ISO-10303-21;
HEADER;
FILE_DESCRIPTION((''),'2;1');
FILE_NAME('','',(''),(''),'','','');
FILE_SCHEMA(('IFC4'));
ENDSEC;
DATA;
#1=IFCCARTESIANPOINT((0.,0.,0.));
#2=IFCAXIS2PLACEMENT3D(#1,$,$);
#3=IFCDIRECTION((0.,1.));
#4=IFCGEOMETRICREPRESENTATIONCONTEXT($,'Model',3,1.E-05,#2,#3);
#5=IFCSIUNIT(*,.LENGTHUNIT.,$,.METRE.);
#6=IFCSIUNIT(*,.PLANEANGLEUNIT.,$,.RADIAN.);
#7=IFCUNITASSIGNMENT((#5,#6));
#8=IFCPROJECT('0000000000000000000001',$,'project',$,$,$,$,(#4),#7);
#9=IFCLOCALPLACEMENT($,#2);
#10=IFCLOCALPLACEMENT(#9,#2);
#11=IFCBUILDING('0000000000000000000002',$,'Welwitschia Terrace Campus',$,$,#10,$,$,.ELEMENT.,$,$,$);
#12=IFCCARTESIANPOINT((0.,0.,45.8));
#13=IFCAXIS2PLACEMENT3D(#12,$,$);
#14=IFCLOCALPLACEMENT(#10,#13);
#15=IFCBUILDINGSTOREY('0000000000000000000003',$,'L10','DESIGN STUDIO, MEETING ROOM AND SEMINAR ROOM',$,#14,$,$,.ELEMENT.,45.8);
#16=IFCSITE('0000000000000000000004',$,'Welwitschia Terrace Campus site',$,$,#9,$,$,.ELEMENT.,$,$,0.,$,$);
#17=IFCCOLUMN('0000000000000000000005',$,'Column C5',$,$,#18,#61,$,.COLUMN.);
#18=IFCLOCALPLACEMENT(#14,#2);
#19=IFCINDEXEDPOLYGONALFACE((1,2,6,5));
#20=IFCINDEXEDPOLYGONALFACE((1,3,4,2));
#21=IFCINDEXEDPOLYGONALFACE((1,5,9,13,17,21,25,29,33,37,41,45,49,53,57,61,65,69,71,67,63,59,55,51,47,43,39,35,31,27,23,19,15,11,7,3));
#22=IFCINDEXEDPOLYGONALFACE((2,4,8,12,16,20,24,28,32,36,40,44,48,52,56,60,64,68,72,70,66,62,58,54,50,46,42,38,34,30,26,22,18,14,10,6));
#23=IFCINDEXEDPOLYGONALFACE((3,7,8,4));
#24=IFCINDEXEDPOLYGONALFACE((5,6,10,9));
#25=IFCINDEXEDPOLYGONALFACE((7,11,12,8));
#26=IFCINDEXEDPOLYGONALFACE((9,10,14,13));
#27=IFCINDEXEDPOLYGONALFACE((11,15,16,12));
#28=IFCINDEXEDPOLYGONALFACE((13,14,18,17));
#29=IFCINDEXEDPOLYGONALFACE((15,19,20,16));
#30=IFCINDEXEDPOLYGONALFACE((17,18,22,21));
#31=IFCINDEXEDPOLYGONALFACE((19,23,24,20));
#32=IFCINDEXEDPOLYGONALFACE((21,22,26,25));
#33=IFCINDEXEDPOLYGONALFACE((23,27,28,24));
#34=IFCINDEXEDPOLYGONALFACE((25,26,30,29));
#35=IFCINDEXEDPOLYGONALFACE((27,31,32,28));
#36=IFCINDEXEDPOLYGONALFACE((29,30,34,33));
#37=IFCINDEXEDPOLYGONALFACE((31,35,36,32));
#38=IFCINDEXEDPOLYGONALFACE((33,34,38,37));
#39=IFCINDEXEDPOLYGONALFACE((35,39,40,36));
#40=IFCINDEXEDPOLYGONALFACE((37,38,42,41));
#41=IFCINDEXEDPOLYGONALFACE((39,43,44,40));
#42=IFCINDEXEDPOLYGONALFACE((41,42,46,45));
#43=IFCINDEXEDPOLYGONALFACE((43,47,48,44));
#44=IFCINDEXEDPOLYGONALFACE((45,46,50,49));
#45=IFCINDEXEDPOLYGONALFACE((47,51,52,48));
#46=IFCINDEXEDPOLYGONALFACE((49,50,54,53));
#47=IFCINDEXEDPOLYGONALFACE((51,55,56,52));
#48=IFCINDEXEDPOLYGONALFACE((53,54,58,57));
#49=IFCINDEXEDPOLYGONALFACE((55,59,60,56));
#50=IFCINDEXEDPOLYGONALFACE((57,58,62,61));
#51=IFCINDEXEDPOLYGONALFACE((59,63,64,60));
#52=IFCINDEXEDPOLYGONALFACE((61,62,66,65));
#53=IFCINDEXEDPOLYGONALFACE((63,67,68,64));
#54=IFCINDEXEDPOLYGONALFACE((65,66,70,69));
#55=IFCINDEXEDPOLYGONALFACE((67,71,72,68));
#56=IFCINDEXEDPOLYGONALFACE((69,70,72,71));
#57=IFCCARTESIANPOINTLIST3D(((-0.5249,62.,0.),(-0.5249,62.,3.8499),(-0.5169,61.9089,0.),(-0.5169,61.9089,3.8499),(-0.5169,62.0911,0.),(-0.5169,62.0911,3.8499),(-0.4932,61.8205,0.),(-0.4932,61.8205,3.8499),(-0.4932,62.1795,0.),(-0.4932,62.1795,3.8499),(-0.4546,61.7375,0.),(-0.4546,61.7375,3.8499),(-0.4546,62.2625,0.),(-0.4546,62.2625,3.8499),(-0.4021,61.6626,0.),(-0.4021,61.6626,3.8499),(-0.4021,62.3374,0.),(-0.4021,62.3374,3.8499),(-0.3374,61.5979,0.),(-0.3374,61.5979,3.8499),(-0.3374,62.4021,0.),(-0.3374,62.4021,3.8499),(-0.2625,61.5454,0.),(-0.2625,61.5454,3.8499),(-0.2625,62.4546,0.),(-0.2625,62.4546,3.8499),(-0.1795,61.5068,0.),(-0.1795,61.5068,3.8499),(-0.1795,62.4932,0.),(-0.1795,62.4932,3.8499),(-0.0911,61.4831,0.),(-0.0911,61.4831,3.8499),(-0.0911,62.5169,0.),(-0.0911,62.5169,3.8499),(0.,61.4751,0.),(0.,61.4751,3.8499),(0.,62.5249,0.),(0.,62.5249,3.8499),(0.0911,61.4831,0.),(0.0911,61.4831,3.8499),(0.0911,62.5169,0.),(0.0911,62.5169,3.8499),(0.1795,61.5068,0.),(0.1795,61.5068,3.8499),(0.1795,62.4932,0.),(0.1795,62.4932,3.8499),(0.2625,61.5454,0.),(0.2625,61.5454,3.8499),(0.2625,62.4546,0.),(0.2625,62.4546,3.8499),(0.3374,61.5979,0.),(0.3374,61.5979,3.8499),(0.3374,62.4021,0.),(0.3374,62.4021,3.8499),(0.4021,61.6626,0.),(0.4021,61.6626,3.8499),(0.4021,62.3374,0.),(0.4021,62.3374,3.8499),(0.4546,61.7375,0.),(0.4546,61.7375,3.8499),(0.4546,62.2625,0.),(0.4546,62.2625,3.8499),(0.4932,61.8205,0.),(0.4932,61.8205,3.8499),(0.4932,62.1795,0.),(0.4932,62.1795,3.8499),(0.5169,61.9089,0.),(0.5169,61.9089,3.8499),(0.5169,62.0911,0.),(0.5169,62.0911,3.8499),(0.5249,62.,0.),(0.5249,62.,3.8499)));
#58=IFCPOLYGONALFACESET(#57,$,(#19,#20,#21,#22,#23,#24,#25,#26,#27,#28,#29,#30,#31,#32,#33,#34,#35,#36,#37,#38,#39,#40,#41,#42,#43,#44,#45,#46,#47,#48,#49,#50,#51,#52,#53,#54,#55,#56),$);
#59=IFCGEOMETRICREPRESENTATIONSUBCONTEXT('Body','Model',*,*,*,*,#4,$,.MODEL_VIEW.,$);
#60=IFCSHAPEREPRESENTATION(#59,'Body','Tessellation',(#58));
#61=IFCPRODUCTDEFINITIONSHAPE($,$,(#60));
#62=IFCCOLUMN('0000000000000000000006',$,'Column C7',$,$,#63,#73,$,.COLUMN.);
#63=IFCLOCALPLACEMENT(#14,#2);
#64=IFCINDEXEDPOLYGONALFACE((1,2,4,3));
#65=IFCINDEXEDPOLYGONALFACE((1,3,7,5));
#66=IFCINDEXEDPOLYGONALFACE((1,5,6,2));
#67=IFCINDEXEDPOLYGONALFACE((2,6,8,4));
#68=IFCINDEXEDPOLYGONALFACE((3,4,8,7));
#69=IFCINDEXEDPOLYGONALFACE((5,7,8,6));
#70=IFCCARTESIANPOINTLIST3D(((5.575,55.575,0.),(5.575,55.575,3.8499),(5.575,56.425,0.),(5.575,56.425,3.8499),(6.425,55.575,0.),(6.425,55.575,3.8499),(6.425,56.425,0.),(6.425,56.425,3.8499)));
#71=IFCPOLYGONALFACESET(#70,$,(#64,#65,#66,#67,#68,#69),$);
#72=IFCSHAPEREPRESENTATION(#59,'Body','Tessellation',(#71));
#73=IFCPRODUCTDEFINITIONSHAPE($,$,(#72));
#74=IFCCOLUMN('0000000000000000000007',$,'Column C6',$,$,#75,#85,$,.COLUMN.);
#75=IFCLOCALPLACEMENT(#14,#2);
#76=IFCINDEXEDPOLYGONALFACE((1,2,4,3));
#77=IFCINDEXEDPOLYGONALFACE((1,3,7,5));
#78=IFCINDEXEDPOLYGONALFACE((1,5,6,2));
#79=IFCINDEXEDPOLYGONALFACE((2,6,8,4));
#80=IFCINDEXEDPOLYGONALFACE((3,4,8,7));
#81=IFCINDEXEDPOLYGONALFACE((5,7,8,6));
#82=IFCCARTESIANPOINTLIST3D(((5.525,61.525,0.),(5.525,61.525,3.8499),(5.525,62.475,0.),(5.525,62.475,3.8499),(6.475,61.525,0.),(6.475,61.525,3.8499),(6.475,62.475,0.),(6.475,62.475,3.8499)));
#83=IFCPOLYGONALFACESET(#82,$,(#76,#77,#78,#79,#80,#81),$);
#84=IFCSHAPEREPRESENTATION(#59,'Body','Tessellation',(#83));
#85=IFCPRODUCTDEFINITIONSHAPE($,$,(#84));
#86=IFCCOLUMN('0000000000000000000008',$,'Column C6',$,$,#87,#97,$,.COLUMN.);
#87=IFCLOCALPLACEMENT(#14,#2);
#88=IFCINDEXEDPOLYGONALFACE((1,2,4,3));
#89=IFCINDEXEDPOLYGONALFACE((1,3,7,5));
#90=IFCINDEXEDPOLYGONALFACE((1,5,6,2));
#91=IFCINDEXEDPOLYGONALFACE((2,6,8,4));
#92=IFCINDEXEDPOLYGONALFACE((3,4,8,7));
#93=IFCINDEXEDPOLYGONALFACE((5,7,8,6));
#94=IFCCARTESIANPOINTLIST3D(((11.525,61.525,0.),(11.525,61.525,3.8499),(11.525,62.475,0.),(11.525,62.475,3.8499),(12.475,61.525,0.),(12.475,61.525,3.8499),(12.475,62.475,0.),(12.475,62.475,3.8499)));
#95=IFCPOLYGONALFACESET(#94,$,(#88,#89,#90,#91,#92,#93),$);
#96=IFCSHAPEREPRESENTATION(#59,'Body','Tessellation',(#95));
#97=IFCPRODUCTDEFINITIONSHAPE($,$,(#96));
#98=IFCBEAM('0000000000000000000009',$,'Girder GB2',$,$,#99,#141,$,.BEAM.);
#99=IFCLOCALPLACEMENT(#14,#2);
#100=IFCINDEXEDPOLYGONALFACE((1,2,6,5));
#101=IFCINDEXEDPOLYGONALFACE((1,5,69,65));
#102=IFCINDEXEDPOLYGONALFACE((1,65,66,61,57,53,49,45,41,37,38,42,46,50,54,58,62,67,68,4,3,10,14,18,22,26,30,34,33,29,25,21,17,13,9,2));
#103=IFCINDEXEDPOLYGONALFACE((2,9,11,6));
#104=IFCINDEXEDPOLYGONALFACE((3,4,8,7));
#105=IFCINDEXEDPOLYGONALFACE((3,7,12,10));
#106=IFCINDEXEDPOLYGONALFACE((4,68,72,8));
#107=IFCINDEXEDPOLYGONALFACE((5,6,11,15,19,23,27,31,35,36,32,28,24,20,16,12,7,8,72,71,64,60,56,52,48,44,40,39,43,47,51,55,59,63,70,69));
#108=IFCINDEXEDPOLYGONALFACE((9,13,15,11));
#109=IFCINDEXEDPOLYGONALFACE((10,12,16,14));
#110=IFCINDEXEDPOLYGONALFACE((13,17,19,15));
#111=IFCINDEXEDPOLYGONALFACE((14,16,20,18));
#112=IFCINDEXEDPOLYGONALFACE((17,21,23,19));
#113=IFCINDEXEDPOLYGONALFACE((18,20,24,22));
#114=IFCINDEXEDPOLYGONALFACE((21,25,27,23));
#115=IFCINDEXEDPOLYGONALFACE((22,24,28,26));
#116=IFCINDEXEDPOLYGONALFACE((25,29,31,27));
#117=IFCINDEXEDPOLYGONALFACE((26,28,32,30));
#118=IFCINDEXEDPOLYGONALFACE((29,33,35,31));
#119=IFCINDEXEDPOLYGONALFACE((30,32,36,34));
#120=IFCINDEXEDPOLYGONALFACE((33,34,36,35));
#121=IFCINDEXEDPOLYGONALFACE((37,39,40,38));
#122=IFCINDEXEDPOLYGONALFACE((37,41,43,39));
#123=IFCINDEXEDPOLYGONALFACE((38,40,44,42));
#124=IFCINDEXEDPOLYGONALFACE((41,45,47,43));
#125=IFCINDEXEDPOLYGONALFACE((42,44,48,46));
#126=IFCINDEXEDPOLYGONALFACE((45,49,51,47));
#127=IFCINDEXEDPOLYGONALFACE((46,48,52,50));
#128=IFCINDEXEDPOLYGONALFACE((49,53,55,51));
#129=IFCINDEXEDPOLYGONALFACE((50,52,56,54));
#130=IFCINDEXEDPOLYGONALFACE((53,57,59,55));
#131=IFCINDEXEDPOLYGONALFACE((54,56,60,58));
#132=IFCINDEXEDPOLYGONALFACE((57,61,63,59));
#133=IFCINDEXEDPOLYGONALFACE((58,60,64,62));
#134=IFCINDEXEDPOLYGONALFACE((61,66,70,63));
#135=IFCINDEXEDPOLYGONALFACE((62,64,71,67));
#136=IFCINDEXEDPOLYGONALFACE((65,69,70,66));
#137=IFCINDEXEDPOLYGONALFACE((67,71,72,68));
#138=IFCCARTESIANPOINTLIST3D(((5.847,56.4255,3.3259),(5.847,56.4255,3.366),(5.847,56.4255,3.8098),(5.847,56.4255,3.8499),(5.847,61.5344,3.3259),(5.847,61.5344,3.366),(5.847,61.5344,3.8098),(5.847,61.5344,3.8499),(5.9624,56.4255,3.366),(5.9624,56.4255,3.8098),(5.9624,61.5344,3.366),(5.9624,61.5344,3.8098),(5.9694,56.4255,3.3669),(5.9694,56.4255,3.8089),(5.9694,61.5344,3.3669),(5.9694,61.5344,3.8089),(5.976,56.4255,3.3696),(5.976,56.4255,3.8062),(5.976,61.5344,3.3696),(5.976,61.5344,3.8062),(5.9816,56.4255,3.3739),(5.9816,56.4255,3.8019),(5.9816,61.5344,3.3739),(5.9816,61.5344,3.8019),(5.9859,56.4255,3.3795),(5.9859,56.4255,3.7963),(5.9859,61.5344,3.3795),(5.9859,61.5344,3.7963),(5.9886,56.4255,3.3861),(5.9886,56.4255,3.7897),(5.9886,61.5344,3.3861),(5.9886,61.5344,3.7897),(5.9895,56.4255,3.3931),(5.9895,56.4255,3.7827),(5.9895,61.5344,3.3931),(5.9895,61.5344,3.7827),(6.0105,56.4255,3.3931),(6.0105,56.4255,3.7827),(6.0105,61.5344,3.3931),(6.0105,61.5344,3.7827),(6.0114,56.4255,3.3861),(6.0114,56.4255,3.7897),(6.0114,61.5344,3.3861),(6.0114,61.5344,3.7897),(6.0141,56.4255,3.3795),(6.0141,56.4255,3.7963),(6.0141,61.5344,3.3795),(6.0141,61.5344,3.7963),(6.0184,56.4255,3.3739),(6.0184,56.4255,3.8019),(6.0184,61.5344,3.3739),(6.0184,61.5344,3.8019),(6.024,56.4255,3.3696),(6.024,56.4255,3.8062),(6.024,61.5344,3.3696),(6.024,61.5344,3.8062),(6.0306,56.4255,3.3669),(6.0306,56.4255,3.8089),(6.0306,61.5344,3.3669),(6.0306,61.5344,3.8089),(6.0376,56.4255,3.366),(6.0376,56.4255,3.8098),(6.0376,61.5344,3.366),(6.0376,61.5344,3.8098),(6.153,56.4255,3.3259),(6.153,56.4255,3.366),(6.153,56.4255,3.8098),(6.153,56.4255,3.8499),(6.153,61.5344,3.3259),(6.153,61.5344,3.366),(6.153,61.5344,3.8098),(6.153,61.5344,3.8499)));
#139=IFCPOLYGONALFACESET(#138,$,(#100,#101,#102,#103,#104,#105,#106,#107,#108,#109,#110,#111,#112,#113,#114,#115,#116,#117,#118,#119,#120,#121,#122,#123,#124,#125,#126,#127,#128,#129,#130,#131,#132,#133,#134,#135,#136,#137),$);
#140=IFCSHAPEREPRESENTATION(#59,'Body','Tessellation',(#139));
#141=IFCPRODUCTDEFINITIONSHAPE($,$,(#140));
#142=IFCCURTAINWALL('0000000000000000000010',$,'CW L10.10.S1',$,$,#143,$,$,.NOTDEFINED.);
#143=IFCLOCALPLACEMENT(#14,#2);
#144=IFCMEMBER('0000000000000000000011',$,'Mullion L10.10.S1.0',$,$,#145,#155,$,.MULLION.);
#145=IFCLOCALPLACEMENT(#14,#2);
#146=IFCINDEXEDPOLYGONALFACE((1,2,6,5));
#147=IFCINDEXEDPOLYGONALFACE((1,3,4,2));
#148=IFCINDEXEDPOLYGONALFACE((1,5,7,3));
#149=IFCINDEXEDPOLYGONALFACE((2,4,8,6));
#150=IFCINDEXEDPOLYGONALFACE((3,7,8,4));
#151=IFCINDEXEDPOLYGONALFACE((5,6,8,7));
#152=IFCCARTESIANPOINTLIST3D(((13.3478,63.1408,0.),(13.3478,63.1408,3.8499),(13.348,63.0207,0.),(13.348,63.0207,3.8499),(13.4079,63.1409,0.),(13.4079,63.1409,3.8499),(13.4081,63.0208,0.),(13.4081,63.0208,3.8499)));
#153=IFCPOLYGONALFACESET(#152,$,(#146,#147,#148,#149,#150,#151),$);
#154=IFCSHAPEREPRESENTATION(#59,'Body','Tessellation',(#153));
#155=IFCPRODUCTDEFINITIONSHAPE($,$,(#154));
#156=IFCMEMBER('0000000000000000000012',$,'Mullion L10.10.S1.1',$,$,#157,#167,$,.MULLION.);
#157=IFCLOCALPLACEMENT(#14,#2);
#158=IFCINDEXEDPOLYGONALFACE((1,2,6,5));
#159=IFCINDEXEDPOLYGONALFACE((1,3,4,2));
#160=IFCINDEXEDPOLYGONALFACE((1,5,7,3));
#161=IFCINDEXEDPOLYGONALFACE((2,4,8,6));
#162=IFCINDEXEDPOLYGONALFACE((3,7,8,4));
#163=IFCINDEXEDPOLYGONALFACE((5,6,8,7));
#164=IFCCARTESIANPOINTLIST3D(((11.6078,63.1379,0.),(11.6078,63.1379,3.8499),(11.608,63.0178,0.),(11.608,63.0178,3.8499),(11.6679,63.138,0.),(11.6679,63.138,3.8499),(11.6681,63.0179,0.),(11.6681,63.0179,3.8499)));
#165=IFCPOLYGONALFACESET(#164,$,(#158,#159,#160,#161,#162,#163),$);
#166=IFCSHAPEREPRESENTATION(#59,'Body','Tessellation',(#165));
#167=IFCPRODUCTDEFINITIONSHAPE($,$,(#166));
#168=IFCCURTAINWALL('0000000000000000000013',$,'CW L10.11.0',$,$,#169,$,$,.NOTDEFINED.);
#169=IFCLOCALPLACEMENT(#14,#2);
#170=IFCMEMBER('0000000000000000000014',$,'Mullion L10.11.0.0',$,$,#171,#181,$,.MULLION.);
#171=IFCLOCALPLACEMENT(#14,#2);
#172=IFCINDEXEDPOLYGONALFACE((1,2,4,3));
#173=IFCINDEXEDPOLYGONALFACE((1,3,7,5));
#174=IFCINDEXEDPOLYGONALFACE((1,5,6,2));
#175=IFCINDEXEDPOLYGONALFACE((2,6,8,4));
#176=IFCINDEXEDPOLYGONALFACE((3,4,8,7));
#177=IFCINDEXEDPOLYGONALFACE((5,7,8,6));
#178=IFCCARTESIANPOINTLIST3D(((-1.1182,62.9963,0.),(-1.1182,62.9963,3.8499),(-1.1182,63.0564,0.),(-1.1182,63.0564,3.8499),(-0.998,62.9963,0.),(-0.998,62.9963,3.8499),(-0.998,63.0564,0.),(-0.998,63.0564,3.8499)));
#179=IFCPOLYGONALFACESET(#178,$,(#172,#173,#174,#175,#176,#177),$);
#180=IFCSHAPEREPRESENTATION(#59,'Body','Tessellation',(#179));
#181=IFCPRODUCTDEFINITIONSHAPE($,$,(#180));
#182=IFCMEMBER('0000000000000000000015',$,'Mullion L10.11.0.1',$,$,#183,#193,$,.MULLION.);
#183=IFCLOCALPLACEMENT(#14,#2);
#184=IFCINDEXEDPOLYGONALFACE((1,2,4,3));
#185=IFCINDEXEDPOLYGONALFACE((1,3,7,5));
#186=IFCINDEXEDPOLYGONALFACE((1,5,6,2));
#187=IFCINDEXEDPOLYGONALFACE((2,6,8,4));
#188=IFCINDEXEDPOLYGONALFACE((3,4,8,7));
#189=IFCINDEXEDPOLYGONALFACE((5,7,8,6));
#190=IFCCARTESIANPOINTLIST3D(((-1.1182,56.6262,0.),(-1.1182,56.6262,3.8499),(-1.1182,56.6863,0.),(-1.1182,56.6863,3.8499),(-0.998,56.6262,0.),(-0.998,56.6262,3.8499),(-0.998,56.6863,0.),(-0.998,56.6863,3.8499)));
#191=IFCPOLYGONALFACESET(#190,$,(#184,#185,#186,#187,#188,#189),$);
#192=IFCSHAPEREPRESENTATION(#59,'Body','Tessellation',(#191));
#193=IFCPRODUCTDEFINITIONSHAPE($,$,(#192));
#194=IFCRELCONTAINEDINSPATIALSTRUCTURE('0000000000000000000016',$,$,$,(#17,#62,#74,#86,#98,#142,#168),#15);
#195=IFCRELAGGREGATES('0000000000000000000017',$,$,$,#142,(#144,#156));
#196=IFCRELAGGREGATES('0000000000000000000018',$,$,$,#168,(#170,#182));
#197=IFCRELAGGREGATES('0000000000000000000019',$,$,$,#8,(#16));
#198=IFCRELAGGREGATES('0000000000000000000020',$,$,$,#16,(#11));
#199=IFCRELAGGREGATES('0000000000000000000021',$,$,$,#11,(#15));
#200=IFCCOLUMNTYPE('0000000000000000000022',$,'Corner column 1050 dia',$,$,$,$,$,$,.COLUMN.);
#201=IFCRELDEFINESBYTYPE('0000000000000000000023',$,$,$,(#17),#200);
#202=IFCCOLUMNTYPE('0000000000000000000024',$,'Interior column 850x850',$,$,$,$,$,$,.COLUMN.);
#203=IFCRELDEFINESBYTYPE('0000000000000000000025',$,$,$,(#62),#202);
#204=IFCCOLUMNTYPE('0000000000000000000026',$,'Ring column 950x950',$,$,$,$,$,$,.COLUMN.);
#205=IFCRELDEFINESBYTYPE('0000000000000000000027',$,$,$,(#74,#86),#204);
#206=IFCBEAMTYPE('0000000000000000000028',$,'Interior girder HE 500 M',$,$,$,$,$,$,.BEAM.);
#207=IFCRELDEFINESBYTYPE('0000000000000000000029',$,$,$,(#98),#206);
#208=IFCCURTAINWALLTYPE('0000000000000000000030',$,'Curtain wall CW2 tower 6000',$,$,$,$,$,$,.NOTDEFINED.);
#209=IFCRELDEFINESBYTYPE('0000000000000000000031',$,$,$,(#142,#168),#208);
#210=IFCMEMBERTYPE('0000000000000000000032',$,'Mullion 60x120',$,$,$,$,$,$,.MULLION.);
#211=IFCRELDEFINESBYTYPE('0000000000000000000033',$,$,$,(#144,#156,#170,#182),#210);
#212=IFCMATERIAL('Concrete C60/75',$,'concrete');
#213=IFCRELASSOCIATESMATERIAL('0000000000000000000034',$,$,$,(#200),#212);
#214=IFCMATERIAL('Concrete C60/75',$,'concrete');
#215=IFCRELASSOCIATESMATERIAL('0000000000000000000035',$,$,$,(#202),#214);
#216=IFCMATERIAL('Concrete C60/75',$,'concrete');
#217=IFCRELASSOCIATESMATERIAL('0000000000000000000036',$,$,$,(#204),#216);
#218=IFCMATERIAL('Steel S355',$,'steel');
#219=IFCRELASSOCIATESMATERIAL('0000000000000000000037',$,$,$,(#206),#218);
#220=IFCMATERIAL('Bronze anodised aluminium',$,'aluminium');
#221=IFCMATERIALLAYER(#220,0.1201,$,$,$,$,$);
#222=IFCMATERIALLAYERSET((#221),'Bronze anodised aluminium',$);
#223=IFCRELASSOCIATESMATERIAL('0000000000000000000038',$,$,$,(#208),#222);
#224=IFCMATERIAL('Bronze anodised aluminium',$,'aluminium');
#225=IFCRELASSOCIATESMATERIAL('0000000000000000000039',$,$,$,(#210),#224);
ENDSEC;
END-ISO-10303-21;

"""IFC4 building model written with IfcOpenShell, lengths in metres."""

from ifc_helpers import new_model, si_unit, direction, frame, origin, origin_2d, place, context, subcontext, project, spatial, rectangle, circle, i_section, extrude, material, layer, layer_set, material_profile, profile_set, type_object, element, aggregate, save


model = new_model("IFC4")

# Units and contexts
model_context = context("Model", 3, precision=1e-05, world=origin(), true_north=direction((0.0, 1.0)))
body_context = subcontext(model_context, "Body", "Model", "MODEL_VIEW")
ifc_project = project(units=[si_unit("LENGTHUNIT", "METRE"), si_unit("PLANEANGLEUNIT", "RADIAN")], contexts=[model_context])

# Site, building, storey
site_placement = place(None, origin())
site = spatial("IfcSite", under=ifc_project, at=site_placement, Name="Welwitschia Terrace Campus site", CompositionType="ELEMENT", RefElevation=0.0)
building_placement = place(site_placement, origin())
building = spatial("IfcBuilding", under=site, at=building_placement, Name="Welwitschia Terrace Campus", CompositionType="ELEMENT")
storey_placement = place(building_placement, frame((0.0, 0.0, 45.8)))
storey = spatial("IfcBuildingStorey", under=building, at=storey_placement, Name="L10", Description="DESIGN STUDIO, MEETING ROOM AND SEMINAR ROOM", CompositionType="ELEMENT", Elevation=45.8)

# Columns
ifc_material_1 = material(Name="Concrete C60/75", Category="concrete")
ifc_material_profile_1 = material_profile(ifc_material_1, circle(Radius=0.5249, at=origin_2d()))
ifc_profile_set_1 = profile_set([ifc_material_profile_1], Name="Concrete C60/75")
column_type_1 = type_object("IfcColumnType", Name="Corner column 1050 dia", PredefinedType="COLUMN", material=ifc_profile_set_1)
column_1_placement = place(storey_placement, frame((0.0, 62.0, 0.0), z_axis=(0.0, 0.0, 1.0), x_axis=(1.0, 0.0, 0.0)))
element("IfcColumn", 1, at=column_1_placement, inside=storey, type_object=column_type_1, Name="Column C5", PredefinedType="COLUMN", context=body_context, shape_type="SweptSolid", body=[
    extrude(circle(Radius=0.5249, at=origin_2d()), origin(), (0.0, 0.0, 1.0), 3.8499),
])
ifc_material_2 = material(Name="Concrete C60/75", Category="concrete")
ifc_material_profile_2 = material_profile(ifc_material_2, rectangle(XDim=0.8501, YDim=0.8501, at=origin_2d()))
ifc_profile_set_2 = profile_set([ifc_material_profile_2], Name="Concrete C60/75")
column_type_2 = type_object("IfcColumnType", Name="Interior column 850x850", PredefinedType="COLUMN", material=ifc_profile_set_2)
column_2_placement = place(storey_placement, frame((6.0, 56.0, 0.0), z_axis=(0.0, 0.0, 1.0), x_axis=(1.0, 0.0, 0.0)))
element("IfcColumn", 2, at=column_2_placement, inside=storey, type_object=column_type_2, Name="Column C7", PredefinedType="COLUMN", context=body_context, shape_type="SweptSolid", body=[
    extrude(rectangle(XDim=0.8501, YDim=0.8501, at=origin_2d()), origin(), (0.0, 0.0, 1.0), 3.8499),
])
ifc_material_3 = material(Name="Concrete C60/75", Category="concrete")
ifc_material_profile_3 = material_profile(ifc_material_3, rectangle(XDim=0.95, YDim=0.95, at=origin_2d()))
ifc_profile_set_3 = profile_set([ifc_material_profile_3], Name="Concrete C60/75")
column_type_3 = type_object("IfcColumnType", Name="Ring column 950x950", PredefinedType="COLUMN", material=ifc_profile_set_3)
for number, where, z_axis, x_axis, name in (
    (3, (6.0, 62.0, 0.0), (0.0, 0.0, 1.0), (1.0, 0.0, 0.0), "Column C6"),
    (4, (12.0, 62.0, 0.0), (0.0, 0.0, 1.0), (1.0, 0.0, 0.0), "Column C6"),
):
    element("IfcColumn", number, at=place(storey_placement, frame(where, z_axis=z_axis, x_axis=x_axis)), inside=storey, type_object=column_type_3, Name=name, PredefinedType="COLUMN", context=body_context, shape_type="SweptSolid", body=[
        extrude(rectangle(XDim=0.95, YDim=0.95, at=origin_2d()), origin(), (0.0, 0.0, 1.0), 3.8499),
    ])

# Beam
ifc_material_4 = material(Name="Steel S355", Category="steel")
ifc_material_profile_4 = material_profile(ifc_material_4, i_section(OverallWidth=0.3059, OverallDepth=0.5239, WebThickness=0.021, FlangeThickness=0.04, FilletRadius=0.0271, at=origin_2d()))
ifc_profile_set_4 = profile_set([ifc_material_profile_4], Name="Steel S355")
beam_type_1 = type_object("IfcBeamType", Name="Interior girder HE 500 M", PredefinedType="BEAM", material=ifc_profile_set_4)
beam_1_placement = place(storey_placement, frame((6.0, 56.4255, 3.5879), z_axis=(0.0, 1.0, 0.0), x_axis=(-1.0, 0.0, 0.0)))
element("IfcBeam", 5, at=beam_1_placement, inside=storey, type_object=beam_type_1, Name="Girder GB2", PredefinedType="BEAM", context=body_context, shape_type="SweptSolid", body=[
    extrude(i_section(OverallWidth=0.3059, OverallDepth=0.5239, WebThickness=0.021, FlangeThickness=0.04, FilletRadius=0.0271, at=origin_2d()), origin(), (0.0, 0.0, 1.0), 5.1089),
])

# Curtain walls, members
ifc_material_5 = material(Name="Bronze anodised aluminium", Category="aluminium")
ifc_layer_1 = layer(ifc_material_5, 0.1201)
ifc_layer_set_1 = layer_set([ifc_layer_1], Name="Bronze anodised aluminium")
curtain_wall_type = type_object("IfcCurtainWallType", Name="Curtain wall CW2 tower 6000", PredefinedType="NOTDEFINED", material=ifc_layer_set_1)
curtain_wall_1_placement = place(storey_placement, origin())
curtain_wall_1 = element("IfcCurtainWall", 6, at=curtain_wall_1_placement, inside=storey, type_object=curtain_wall_type, Name="CW L10.10.S1", PredefinedType="NOTDEFINED")
ifc_material_6 = material(Name="Bronze anodised aluminium", Category="aluminium")
ifc_material_profile_5 = material_profile(ifc_material_6, rectangle(XDim=0.1201, YDim=0.0601, at=origin_2d()))
ifc_profile_set_5 = profile_set([ifc_material_profile_5], Name="Bronze anodised aluminium")
member_type_1 = type_object("IfcMemberType", Name="Mullion 60x120", PredefinedType="MULLION", material=ifc_profile_set_5)
member_1_placement = place(storey_placement, frame((13.3779, 63.0808, 0.0), z_axis=(0.0, 0.0, 1.0), x_axis=(0.001706, -0.999999, 0.0)))
member_1 = element("IfcMember", 7, at=member_1_placement, type_object=member_type_1, Name="Mullion L10.10.S1.0", PredefinedType="MULLION", context=body_context, shape_type="SweptSolid", body=[
    extrude(rectangle(XDim=0.1201, YDim=0.0601, at=origin_2d()), origin(), (0.0, 0.0, 1.0), 3.8499),
])
member_2_placement = place(storey_placement, frame((11.6379, 63.0779, 0.0), z_axis=(0.0, 0.0, 1.0), x_axis=(0.001706, -0.999999, 0.0)))
member_2 = element("IfcMember", 8, at=member_2_placement, type_object=member_type_1, Name="Mullion L10.10.S1.1", PredefinedType="MULLION", context=body_context, shape_type="SweptSolid", body=[
    extrude(rectangle(XDim=0.1201, YDim=0.0601, at=origin_2d()), origin(), (0.0, 0.0, 1.0), 3.8499),
])
curtain_wall_2_placement = place(storey_placement, origin())
curtain_wall_2 = element("IfcCurtainWall", 9, at=curtain_wall_2_placement, inside=storey, type_object=curtain_wall_type, Name="CW L10.11.0", PredefinedType="NOTDEFINED")
member_3_placement = place(storey_placement, frame((-1.0581, 63.0264, 0.0), z_axis=(0.0, 0.0, 1.0), x_axis=(1.0, 0.0, 0.0)))
member_3 = element("IfcMember", 10, at=member_3_placement, type_object=member_type_1, Name="Mullion L10.11.0.0", PredefinedType="MULLION", context=body_context, shape_type="SweptSolid", body=[
    extrude(rectangle(XDim=0.1201, YDim=0.0601, at=origin_2d()), origin(), (0.0, 0.0, 1.0), 3.8499),
])
member_4_placement = place(storey_placement, frame((-1.0581, 56.6562, 0.0), z_axis=(0.0, 0.0, 1.0), x_axis=(1.0, 0.0, 0.0)))
member_4 = element("IfcMember", 11, at=member_4_placement, type_object=member_type_1, Name="Mullion L10.11.0.1", PredefinedType="MULLION", context=body_context, shape_type="SweptSolid", body=[
    extrude(rectangle(XDim=0.1201, YDim=0.0601, at=origin_2d()), origin(), (0.0, 0.0, 1.0), 3.8499),
])

aggregate(curtain_wall_1, [member_1, member_2])
aggregate(curtain_wall_2, [member_3, member_4])

save(model, "model.ifc")
